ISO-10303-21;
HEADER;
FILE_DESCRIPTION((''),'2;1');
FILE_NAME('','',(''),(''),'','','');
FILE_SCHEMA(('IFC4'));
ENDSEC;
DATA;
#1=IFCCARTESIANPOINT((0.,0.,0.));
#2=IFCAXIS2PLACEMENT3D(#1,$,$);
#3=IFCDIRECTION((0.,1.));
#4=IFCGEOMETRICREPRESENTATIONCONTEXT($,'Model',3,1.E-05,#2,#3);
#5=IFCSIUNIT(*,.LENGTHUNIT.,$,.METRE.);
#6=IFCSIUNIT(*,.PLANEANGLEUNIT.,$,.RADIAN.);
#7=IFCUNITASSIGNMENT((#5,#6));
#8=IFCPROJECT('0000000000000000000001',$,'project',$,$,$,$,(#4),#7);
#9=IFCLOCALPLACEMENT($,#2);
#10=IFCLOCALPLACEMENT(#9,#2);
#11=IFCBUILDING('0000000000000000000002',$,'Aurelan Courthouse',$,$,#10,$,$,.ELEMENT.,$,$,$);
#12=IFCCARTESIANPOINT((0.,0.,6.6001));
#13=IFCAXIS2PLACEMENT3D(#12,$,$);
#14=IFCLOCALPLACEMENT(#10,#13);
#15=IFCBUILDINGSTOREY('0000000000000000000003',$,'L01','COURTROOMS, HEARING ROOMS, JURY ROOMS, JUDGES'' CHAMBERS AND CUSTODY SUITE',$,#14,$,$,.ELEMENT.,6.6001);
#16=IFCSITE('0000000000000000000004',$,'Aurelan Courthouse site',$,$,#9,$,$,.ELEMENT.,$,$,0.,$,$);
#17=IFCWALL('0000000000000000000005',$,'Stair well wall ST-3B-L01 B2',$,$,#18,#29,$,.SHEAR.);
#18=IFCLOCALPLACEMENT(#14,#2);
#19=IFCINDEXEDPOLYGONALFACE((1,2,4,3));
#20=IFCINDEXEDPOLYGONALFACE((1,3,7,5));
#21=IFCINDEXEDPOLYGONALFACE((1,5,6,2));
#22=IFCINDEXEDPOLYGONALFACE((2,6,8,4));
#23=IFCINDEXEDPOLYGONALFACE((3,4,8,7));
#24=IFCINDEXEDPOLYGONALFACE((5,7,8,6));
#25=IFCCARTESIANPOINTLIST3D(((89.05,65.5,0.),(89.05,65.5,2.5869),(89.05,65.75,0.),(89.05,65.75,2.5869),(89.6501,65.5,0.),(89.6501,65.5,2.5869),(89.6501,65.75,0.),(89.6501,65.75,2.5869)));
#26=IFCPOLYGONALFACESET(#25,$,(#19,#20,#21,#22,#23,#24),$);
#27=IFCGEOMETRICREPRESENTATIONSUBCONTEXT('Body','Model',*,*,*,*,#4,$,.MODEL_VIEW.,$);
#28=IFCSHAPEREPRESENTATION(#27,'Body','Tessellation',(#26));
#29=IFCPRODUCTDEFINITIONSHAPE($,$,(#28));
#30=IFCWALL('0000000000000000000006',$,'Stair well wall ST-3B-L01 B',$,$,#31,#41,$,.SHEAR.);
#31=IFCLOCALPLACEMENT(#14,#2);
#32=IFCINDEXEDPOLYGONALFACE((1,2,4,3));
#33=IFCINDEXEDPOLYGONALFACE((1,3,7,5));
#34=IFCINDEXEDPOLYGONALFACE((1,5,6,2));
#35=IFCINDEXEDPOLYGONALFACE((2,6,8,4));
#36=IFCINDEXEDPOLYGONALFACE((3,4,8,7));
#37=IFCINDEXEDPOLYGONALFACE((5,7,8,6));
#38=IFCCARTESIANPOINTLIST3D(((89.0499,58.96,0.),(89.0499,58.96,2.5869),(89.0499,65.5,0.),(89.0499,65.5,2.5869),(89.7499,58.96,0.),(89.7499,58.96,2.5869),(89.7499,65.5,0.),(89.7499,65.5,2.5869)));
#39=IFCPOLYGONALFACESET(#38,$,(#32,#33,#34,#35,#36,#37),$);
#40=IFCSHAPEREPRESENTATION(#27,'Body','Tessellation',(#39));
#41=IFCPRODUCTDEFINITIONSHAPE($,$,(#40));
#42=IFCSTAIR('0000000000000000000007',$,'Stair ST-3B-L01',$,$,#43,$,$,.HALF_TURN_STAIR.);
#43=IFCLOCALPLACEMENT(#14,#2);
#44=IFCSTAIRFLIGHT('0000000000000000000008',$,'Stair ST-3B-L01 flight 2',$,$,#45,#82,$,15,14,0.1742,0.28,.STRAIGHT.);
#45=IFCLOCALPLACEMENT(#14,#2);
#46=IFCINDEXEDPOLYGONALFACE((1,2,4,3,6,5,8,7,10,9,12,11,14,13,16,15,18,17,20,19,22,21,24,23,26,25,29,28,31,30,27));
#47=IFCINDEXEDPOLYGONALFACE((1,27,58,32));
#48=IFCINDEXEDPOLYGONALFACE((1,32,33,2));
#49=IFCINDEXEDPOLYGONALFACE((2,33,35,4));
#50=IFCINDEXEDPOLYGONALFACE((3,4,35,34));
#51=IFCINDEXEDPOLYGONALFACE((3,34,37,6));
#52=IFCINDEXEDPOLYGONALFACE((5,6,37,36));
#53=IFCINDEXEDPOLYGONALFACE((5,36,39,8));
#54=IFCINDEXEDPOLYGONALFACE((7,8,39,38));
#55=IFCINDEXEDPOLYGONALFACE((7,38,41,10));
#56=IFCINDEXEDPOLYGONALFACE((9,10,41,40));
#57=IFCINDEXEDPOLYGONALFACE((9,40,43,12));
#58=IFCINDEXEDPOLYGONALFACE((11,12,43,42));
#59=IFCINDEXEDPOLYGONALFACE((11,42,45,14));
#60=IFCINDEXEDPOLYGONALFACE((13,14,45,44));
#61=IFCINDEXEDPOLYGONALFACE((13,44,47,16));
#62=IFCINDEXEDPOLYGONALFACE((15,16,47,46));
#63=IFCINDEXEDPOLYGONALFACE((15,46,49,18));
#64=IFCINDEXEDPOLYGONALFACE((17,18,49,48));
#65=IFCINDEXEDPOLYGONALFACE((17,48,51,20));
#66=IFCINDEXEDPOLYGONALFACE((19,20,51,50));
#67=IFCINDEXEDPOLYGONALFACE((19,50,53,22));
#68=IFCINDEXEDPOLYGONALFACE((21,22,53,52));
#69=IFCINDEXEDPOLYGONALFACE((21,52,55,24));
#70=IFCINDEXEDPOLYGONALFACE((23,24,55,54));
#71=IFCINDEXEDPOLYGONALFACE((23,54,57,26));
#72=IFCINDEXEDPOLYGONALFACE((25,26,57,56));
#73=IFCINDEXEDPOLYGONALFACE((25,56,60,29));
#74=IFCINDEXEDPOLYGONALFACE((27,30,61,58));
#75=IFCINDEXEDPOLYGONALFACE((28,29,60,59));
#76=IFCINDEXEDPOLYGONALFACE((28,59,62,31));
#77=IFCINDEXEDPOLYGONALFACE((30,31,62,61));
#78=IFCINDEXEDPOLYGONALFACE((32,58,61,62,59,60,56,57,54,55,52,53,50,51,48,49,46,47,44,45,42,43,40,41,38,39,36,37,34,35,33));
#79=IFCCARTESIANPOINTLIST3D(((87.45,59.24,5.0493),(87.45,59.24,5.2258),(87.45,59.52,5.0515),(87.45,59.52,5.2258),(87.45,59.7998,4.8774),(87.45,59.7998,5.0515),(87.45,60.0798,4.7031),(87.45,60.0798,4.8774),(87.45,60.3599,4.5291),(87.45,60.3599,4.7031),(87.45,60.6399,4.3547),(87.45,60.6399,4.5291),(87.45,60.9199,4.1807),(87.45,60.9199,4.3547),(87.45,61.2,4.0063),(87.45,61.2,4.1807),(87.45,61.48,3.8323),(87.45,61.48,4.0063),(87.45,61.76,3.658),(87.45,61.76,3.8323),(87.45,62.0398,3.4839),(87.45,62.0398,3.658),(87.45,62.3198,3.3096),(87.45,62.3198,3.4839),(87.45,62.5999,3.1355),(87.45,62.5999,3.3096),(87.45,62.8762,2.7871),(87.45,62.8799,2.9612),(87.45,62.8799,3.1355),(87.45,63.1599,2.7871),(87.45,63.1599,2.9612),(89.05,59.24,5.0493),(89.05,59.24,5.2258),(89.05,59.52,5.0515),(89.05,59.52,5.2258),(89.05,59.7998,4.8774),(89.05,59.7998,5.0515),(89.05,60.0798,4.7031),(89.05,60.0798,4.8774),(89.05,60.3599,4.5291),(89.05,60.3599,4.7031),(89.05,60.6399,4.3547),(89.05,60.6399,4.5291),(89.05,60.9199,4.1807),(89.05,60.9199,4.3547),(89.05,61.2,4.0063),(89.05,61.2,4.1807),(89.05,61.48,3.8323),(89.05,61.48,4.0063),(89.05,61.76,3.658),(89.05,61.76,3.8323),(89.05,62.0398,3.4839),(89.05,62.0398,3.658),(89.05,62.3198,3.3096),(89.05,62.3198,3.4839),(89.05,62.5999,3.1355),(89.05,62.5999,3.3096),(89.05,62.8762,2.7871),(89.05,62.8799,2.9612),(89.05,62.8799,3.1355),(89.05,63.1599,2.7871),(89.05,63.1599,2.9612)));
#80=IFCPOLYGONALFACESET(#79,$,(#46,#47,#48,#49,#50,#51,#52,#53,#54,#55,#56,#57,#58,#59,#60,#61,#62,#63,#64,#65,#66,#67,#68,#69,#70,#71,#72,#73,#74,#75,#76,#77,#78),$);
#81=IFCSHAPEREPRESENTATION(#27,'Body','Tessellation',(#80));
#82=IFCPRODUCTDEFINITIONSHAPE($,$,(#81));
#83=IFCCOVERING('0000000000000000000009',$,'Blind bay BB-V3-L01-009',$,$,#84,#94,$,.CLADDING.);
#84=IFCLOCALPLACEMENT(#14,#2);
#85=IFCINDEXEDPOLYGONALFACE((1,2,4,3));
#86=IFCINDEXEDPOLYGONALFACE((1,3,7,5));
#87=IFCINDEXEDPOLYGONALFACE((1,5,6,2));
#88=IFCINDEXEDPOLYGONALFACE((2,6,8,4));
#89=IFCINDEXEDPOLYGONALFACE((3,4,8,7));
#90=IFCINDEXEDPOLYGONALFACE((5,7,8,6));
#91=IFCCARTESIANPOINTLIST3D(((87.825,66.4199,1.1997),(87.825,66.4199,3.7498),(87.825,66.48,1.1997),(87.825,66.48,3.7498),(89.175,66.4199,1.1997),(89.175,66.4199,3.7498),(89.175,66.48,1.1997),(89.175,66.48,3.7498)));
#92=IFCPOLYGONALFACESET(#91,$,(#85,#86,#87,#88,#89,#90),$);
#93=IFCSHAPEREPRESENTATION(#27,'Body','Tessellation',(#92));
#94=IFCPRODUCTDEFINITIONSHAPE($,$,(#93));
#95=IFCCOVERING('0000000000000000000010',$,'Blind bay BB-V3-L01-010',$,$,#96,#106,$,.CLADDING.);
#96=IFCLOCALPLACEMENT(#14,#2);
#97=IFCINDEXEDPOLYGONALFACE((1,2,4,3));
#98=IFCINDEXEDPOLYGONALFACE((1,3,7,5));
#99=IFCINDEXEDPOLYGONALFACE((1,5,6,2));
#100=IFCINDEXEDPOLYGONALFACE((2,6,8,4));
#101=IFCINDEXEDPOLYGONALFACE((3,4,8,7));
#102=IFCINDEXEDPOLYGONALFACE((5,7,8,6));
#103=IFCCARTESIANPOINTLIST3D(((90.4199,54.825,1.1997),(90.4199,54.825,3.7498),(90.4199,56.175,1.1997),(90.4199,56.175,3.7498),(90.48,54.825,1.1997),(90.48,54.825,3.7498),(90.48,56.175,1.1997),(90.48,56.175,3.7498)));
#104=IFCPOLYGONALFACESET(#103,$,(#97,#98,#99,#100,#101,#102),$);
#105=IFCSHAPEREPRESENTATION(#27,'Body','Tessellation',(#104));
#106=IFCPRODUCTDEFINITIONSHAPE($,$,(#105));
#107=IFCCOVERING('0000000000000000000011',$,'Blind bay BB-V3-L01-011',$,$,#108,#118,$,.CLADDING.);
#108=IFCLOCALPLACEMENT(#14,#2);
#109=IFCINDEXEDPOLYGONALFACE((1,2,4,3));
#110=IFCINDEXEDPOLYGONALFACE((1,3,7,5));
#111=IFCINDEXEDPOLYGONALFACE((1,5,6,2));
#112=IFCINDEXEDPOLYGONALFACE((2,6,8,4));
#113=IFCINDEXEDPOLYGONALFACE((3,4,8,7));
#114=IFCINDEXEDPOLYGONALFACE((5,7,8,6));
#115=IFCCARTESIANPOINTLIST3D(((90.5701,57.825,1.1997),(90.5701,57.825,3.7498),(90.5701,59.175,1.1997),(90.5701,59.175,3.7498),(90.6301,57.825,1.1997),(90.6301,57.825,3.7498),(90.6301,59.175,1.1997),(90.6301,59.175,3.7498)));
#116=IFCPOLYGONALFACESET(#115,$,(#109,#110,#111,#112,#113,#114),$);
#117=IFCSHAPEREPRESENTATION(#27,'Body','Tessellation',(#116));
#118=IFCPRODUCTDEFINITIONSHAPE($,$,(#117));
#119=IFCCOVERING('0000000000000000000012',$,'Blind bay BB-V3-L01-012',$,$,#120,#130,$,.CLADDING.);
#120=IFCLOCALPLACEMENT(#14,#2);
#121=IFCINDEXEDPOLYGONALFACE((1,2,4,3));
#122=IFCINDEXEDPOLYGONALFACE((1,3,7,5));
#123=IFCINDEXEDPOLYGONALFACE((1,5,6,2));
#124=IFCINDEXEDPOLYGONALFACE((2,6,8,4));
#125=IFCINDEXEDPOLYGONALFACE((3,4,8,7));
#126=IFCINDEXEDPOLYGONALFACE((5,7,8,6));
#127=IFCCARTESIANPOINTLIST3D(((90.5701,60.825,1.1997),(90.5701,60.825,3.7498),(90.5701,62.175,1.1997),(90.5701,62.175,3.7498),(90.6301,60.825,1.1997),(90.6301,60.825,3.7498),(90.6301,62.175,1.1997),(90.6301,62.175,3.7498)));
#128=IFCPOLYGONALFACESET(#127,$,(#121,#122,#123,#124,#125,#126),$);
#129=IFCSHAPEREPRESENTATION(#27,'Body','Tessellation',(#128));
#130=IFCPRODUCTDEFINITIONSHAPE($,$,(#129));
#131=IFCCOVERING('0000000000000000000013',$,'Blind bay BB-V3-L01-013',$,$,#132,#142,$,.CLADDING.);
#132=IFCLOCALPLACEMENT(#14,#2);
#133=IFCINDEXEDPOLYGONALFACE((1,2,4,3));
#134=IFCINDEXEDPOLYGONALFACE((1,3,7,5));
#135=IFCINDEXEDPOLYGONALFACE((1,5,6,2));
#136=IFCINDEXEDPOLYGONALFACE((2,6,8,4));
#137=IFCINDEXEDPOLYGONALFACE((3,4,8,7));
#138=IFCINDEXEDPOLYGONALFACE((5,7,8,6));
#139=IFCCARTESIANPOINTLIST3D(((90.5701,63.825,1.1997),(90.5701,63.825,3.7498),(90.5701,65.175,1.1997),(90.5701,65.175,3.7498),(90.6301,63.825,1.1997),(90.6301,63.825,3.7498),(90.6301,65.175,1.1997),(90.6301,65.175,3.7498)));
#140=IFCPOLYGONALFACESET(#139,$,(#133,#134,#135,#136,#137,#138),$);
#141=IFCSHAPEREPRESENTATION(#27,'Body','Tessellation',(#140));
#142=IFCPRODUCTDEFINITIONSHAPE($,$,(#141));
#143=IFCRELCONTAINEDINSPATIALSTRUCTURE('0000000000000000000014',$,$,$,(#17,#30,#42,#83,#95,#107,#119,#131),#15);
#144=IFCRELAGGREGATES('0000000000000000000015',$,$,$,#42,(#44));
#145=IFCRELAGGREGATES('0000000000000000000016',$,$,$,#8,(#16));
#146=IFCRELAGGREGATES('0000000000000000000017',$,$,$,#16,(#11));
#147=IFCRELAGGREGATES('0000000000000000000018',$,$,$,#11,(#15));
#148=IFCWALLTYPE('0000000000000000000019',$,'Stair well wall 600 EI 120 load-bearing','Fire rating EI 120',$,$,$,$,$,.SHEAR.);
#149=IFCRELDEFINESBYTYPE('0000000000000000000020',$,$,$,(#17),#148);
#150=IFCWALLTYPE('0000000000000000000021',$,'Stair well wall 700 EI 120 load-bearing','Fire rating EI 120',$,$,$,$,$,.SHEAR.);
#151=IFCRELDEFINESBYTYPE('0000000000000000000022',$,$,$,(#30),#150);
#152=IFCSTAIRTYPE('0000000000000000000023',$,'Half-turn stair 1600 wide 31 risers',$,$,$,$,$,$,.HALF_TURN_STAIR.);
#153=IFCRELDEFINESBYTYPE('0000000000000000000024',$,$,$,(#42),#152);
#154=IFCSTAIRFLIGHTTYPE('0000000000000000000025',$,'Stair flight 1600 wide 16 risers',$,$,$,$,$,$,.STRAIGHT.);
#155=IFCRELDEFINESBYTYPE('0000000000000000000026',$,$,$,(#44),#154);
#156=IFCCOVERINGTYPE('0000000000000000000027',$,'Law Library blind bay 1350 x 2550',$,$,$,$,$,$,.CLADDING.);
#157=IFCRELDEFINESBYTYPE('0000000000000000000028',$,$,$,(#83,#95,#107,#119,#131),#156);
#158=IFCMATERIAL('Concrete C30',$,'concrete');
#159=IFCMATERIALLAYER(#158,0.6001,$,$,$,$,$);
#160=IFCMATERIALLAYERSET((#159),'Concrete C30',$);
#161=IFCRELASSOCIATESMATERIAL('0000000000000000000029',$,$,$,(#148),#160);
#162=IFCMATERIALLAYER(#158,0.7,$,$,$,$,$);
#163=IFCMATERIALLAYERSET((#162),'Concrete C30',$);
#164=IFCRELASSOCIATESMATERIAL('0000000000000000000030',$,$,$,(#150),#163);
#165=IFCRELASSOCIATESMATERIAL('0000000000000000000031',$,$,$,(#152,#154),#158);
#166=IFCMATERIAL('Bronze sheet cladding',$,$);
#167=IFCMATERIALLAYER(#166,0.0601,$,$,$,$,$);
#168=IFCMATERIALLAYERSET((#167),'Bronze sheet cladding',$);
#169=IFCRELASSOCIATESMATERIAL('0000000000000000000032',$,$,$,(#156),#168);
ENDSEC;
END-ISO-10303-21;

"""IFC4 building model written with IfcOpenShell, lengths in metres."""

from ifc_helpers import new_model, si_unit, direction, frame, frame_2d, origin, origin_2d, place, context, subcontext, project, spatial, polyline, rectangle, outline, extrude, material, layer, layer_set, type_object, element, aggregate, save


model = new_model("IFC4")

# Units and contexts
model_context = context("Model", 3, precision=1e-05, world=origin(), true_north=direction((0.0, 1.0)))
body_context = subcontext(model_context, "Body", "Model", "MODEL_VIEW")
ifc_project = project(units=[si_unit("LENGTHUNIT", "METRE"), si_unit("PLANEANGLEUNIT", "RADIAN")], contexts=[model_context])

# Site, building, storey
site_placement = place(None, origin())
site = spatial("IfcSite", under=ifc_project, at=site_placement, Name="Aurelan Courthouse site", CompositionType="ELEMENT", RefElevation=0.0)
building_placement = place(site_placement, origin())
building = spatial("IfcBuilding", under=site, at=building_placement, Name="Aurelan Courthouse", CompositionType="ELEMENT")
storey_placement = place(building_placement, frame((0.0, 0.0, 6.6001)))
storey = spatial("IfcBuildingStorey", under=building, at=storey_placement, Name="L01", Description="COURTROOMS, HEARING ROOMS, JURY ROOMS, JUDGES' CHAMBERS AND CUSTODY SUITE", CompositionType="ELEMENT", Elevation=6.6001)

# Walls
ifc_material_1 = material(Name="Concrete C30", Category="concrete")
ifc_layer_1 = layer(ifc_material_1, 0.6001)
ifc_layer_set_1 = layer_set([ifc_layer_1], Name="Concrete C30")
wall_type_1 = type_object("IfcWallType", Name="Stair well wall 600 EI 120 load-bearing", Description="Fire rating EI 120", PredefinedType="SHEAR", material=ifc_layer_set_1)
wall_1_placement = place(storey_placement, frame((89.3501, 65.5, 0.0), z_axis=(0.0, 0.0, 1.0), x_axis=(0.0, 1.0, 0.0)))
element("IfcWall", 1, at=wall_1_placement, inside=storey, type_object=wall_type_1, Name="Stair well wall ST-3B-L01 B2", PredefinedType="SHEAR", context=body_context, shape_type="SweptSolid", body=[
    extrude(rectangle(XDim=0.25, YDim=0.6001, at=frame_2d((0.125, 0.0))), origin(), (0.0, 0.0, 1.0), 2.5869),
])
ifc_layer_2 = layer(ifc_material_1, 0.7)
ifc_layer_set_2 = layer_set([ifc_layer_2], Name="Concrete C30")
wall_type_2 = type_object("IfcWallType", Name="Stair well wall 700 EI 120 load-bearing", Description="Fire rating EI 120", PredefinedType="SHEAR", material=ifc_layer_set_2)
wall_2_placement = place(storey_placement, frame((89.3999, 58.96, 0.0), z_axis=(0.0, 0.0, 1.0), x_axis=(0.0, 1.0, 0.0)))
element("IfcWall", 2, at=wall_2_placement, inside=storey, type_object=wall_type_2, Name="Stair well wall ST-3B-L01 B", PredefinedType="SHEAR", context=body_context, shape_type="SweptSolid", body=[
    extrude(rectangle(XDim=6.54, YDim=0.7, at=frame_2d((3.27, 0.0))), origin(), (0.0, 0.0, 1.0), 2.5869),
])

# Stair, stair flight
stair_type = type_object("IfcStairType", Name="Half-turn stair 1600 wide 31 risers", PredefinedType="HALF_TURN_STAIR", material=ifc_material_1)
stair_placement = place(storey_placement, origin())
stair = element("IfcStair", 3, at=stair_placement, inside=storey, type_object=stair_type, Name="Stair ST-3B-L01", PredefinedType="HALF_TURN_STAIR")
stair_flight_type = type_object("IfcStairFlightType", Name="Stair flight 1600 wide 16 risers", PredefinedType="STRAIGHT", material=ifc_material_1)
stair_flight_placement = place(storey_placement, frame((88.25, 63.1599, 2.7871), z_axis=(0.0, 0.0, 1.0), x_axis=(0.0, -1.0, 0.0)))
stair_flight = element("IfcStairFlight", 4, at=stair_flight_placement, type_object=stair_flight_type, Name="Stair ST-3B-L01 flight 2", NumberOfRisers=15, NumberOfTreads=14, PredefinedType="STRAIGHT", RiserHeight=0.1742, TreadLength=0.28, context=body_context, shape_type="SweptSolid", body=[
    extrude(outline(polyline([(0.0, 0.0), (0.0, 0.1741), (0.28, 0.1741), (0.28, 0.3484), (0.5601, 0.3484), (0.5601, 0.5225), (0.8401, 0.5225), (0.8401, 0.6968), (1.1201, 0.6968), (1.1201, 0.8708), (1.3999, 0.8708), (1.3999, 1.0452), (1.6799, 1.0452), (1.6799, 1.2192), (1.96, 1.2192), (1.96, 1.3936), (2.24, 1.3936), (2.24, 1.5676), (2.52, 1.5676), (2.52, 1.7419), (2.8, 1.7419), (2.8, 1.916), (3.0801, 1.916), (3.0801, 2.0903), (3.3601, 2.0903), (3.3601, 2.2644), (3.6399, 2.2644), (3.6399, 2.4387), (3.9199, 2.4387), (3.9199, 2.6128), (3.9199, 2.2622), (0.2837, 0.0), (0.0, 0.0)])), frame((0.0, 0.8, 0.0), z_axis=(0.0, -1.0, 0.0), x_axis=(1.0, 0.0, 0.0)), (0.0, 0.0, 1.0), 1.6001),
])
aggregate(stair, [stair_flight])

# Coverings
ifc_material_2 = material(Name="Bronze sheet cladding")
ifc_layer_3 = layer(ifc_material_2, 0.0601)
ifc_layer_set_3 = layer_set([ifc_layer_3], Name="Bronze sheet cladding")
covering_type = type_object("IfcCoveringType", Name="Law Library blind bay 1350 x 2550", PredefinedType="CLADDING", material=ifc_layer_set_3)
covering_placement = place(storey_placement, frame((88.5, 66.45, 1.1997), z_axis=(0.0, 0.0, 1.0), x_axis=(1.0, 0.0, 0.0)))
element("IfcCovering", 5, at=covering_placement, inside=storey, type_object=covering_type, Name="Blind bay BB-V3-L01-009", PredefinedType="CLADDING", context=body_context, shape_type="SweptSolid", body=[
    extrude(rectangle(XDim=1.3501, YDim=0.0601, at=origin_2d()), origin(), (0.0, 0.0, 1.0), 2.55),
])
for number, where, z_axis, x_axis, name in (
    (6, (90.45, 55.5, 1.1997), (0.0, 0.0, 1.0), (1.0, 0.0, 0.0), "Blind bay BB-V3-L01-010"),
    (7, (90.6001, 58.5, 1.1997), (0.0, 0.0, 1.0), (1.0, 0.0, 0.0), "Blind bay BB-V3-L01-011"),
    (8, (90.6001, 61.5, 1.1997), (0.0, 0.0, 1.0), (1.0, 0.0, 0.0), "Blind bay BB-V3-L01-012"),
    (9, (90.6001, 64.5, 1.1997), (0.0, 0.0, 1.0), (1.0, 0.0, 0.0), "Blind bay BB-V3-L01-013"),
):
    element("IfcCovering", number, at=place(storey_placement, frame(where, z_axis=z_axis, x_axis=x_axis)), inside=storey, type_object=covering_type, Name=name, PredefinedType="CLADDING", context=body_context, shape_type="SweptSolid", body=[
        extrude(rectangle(XDim=0.0601, YDim=1.3501, at=origin_2d()), origin(), (0.0, 0.0, 1.0), 2.55),
    ])

save(model, "model.ifc")
